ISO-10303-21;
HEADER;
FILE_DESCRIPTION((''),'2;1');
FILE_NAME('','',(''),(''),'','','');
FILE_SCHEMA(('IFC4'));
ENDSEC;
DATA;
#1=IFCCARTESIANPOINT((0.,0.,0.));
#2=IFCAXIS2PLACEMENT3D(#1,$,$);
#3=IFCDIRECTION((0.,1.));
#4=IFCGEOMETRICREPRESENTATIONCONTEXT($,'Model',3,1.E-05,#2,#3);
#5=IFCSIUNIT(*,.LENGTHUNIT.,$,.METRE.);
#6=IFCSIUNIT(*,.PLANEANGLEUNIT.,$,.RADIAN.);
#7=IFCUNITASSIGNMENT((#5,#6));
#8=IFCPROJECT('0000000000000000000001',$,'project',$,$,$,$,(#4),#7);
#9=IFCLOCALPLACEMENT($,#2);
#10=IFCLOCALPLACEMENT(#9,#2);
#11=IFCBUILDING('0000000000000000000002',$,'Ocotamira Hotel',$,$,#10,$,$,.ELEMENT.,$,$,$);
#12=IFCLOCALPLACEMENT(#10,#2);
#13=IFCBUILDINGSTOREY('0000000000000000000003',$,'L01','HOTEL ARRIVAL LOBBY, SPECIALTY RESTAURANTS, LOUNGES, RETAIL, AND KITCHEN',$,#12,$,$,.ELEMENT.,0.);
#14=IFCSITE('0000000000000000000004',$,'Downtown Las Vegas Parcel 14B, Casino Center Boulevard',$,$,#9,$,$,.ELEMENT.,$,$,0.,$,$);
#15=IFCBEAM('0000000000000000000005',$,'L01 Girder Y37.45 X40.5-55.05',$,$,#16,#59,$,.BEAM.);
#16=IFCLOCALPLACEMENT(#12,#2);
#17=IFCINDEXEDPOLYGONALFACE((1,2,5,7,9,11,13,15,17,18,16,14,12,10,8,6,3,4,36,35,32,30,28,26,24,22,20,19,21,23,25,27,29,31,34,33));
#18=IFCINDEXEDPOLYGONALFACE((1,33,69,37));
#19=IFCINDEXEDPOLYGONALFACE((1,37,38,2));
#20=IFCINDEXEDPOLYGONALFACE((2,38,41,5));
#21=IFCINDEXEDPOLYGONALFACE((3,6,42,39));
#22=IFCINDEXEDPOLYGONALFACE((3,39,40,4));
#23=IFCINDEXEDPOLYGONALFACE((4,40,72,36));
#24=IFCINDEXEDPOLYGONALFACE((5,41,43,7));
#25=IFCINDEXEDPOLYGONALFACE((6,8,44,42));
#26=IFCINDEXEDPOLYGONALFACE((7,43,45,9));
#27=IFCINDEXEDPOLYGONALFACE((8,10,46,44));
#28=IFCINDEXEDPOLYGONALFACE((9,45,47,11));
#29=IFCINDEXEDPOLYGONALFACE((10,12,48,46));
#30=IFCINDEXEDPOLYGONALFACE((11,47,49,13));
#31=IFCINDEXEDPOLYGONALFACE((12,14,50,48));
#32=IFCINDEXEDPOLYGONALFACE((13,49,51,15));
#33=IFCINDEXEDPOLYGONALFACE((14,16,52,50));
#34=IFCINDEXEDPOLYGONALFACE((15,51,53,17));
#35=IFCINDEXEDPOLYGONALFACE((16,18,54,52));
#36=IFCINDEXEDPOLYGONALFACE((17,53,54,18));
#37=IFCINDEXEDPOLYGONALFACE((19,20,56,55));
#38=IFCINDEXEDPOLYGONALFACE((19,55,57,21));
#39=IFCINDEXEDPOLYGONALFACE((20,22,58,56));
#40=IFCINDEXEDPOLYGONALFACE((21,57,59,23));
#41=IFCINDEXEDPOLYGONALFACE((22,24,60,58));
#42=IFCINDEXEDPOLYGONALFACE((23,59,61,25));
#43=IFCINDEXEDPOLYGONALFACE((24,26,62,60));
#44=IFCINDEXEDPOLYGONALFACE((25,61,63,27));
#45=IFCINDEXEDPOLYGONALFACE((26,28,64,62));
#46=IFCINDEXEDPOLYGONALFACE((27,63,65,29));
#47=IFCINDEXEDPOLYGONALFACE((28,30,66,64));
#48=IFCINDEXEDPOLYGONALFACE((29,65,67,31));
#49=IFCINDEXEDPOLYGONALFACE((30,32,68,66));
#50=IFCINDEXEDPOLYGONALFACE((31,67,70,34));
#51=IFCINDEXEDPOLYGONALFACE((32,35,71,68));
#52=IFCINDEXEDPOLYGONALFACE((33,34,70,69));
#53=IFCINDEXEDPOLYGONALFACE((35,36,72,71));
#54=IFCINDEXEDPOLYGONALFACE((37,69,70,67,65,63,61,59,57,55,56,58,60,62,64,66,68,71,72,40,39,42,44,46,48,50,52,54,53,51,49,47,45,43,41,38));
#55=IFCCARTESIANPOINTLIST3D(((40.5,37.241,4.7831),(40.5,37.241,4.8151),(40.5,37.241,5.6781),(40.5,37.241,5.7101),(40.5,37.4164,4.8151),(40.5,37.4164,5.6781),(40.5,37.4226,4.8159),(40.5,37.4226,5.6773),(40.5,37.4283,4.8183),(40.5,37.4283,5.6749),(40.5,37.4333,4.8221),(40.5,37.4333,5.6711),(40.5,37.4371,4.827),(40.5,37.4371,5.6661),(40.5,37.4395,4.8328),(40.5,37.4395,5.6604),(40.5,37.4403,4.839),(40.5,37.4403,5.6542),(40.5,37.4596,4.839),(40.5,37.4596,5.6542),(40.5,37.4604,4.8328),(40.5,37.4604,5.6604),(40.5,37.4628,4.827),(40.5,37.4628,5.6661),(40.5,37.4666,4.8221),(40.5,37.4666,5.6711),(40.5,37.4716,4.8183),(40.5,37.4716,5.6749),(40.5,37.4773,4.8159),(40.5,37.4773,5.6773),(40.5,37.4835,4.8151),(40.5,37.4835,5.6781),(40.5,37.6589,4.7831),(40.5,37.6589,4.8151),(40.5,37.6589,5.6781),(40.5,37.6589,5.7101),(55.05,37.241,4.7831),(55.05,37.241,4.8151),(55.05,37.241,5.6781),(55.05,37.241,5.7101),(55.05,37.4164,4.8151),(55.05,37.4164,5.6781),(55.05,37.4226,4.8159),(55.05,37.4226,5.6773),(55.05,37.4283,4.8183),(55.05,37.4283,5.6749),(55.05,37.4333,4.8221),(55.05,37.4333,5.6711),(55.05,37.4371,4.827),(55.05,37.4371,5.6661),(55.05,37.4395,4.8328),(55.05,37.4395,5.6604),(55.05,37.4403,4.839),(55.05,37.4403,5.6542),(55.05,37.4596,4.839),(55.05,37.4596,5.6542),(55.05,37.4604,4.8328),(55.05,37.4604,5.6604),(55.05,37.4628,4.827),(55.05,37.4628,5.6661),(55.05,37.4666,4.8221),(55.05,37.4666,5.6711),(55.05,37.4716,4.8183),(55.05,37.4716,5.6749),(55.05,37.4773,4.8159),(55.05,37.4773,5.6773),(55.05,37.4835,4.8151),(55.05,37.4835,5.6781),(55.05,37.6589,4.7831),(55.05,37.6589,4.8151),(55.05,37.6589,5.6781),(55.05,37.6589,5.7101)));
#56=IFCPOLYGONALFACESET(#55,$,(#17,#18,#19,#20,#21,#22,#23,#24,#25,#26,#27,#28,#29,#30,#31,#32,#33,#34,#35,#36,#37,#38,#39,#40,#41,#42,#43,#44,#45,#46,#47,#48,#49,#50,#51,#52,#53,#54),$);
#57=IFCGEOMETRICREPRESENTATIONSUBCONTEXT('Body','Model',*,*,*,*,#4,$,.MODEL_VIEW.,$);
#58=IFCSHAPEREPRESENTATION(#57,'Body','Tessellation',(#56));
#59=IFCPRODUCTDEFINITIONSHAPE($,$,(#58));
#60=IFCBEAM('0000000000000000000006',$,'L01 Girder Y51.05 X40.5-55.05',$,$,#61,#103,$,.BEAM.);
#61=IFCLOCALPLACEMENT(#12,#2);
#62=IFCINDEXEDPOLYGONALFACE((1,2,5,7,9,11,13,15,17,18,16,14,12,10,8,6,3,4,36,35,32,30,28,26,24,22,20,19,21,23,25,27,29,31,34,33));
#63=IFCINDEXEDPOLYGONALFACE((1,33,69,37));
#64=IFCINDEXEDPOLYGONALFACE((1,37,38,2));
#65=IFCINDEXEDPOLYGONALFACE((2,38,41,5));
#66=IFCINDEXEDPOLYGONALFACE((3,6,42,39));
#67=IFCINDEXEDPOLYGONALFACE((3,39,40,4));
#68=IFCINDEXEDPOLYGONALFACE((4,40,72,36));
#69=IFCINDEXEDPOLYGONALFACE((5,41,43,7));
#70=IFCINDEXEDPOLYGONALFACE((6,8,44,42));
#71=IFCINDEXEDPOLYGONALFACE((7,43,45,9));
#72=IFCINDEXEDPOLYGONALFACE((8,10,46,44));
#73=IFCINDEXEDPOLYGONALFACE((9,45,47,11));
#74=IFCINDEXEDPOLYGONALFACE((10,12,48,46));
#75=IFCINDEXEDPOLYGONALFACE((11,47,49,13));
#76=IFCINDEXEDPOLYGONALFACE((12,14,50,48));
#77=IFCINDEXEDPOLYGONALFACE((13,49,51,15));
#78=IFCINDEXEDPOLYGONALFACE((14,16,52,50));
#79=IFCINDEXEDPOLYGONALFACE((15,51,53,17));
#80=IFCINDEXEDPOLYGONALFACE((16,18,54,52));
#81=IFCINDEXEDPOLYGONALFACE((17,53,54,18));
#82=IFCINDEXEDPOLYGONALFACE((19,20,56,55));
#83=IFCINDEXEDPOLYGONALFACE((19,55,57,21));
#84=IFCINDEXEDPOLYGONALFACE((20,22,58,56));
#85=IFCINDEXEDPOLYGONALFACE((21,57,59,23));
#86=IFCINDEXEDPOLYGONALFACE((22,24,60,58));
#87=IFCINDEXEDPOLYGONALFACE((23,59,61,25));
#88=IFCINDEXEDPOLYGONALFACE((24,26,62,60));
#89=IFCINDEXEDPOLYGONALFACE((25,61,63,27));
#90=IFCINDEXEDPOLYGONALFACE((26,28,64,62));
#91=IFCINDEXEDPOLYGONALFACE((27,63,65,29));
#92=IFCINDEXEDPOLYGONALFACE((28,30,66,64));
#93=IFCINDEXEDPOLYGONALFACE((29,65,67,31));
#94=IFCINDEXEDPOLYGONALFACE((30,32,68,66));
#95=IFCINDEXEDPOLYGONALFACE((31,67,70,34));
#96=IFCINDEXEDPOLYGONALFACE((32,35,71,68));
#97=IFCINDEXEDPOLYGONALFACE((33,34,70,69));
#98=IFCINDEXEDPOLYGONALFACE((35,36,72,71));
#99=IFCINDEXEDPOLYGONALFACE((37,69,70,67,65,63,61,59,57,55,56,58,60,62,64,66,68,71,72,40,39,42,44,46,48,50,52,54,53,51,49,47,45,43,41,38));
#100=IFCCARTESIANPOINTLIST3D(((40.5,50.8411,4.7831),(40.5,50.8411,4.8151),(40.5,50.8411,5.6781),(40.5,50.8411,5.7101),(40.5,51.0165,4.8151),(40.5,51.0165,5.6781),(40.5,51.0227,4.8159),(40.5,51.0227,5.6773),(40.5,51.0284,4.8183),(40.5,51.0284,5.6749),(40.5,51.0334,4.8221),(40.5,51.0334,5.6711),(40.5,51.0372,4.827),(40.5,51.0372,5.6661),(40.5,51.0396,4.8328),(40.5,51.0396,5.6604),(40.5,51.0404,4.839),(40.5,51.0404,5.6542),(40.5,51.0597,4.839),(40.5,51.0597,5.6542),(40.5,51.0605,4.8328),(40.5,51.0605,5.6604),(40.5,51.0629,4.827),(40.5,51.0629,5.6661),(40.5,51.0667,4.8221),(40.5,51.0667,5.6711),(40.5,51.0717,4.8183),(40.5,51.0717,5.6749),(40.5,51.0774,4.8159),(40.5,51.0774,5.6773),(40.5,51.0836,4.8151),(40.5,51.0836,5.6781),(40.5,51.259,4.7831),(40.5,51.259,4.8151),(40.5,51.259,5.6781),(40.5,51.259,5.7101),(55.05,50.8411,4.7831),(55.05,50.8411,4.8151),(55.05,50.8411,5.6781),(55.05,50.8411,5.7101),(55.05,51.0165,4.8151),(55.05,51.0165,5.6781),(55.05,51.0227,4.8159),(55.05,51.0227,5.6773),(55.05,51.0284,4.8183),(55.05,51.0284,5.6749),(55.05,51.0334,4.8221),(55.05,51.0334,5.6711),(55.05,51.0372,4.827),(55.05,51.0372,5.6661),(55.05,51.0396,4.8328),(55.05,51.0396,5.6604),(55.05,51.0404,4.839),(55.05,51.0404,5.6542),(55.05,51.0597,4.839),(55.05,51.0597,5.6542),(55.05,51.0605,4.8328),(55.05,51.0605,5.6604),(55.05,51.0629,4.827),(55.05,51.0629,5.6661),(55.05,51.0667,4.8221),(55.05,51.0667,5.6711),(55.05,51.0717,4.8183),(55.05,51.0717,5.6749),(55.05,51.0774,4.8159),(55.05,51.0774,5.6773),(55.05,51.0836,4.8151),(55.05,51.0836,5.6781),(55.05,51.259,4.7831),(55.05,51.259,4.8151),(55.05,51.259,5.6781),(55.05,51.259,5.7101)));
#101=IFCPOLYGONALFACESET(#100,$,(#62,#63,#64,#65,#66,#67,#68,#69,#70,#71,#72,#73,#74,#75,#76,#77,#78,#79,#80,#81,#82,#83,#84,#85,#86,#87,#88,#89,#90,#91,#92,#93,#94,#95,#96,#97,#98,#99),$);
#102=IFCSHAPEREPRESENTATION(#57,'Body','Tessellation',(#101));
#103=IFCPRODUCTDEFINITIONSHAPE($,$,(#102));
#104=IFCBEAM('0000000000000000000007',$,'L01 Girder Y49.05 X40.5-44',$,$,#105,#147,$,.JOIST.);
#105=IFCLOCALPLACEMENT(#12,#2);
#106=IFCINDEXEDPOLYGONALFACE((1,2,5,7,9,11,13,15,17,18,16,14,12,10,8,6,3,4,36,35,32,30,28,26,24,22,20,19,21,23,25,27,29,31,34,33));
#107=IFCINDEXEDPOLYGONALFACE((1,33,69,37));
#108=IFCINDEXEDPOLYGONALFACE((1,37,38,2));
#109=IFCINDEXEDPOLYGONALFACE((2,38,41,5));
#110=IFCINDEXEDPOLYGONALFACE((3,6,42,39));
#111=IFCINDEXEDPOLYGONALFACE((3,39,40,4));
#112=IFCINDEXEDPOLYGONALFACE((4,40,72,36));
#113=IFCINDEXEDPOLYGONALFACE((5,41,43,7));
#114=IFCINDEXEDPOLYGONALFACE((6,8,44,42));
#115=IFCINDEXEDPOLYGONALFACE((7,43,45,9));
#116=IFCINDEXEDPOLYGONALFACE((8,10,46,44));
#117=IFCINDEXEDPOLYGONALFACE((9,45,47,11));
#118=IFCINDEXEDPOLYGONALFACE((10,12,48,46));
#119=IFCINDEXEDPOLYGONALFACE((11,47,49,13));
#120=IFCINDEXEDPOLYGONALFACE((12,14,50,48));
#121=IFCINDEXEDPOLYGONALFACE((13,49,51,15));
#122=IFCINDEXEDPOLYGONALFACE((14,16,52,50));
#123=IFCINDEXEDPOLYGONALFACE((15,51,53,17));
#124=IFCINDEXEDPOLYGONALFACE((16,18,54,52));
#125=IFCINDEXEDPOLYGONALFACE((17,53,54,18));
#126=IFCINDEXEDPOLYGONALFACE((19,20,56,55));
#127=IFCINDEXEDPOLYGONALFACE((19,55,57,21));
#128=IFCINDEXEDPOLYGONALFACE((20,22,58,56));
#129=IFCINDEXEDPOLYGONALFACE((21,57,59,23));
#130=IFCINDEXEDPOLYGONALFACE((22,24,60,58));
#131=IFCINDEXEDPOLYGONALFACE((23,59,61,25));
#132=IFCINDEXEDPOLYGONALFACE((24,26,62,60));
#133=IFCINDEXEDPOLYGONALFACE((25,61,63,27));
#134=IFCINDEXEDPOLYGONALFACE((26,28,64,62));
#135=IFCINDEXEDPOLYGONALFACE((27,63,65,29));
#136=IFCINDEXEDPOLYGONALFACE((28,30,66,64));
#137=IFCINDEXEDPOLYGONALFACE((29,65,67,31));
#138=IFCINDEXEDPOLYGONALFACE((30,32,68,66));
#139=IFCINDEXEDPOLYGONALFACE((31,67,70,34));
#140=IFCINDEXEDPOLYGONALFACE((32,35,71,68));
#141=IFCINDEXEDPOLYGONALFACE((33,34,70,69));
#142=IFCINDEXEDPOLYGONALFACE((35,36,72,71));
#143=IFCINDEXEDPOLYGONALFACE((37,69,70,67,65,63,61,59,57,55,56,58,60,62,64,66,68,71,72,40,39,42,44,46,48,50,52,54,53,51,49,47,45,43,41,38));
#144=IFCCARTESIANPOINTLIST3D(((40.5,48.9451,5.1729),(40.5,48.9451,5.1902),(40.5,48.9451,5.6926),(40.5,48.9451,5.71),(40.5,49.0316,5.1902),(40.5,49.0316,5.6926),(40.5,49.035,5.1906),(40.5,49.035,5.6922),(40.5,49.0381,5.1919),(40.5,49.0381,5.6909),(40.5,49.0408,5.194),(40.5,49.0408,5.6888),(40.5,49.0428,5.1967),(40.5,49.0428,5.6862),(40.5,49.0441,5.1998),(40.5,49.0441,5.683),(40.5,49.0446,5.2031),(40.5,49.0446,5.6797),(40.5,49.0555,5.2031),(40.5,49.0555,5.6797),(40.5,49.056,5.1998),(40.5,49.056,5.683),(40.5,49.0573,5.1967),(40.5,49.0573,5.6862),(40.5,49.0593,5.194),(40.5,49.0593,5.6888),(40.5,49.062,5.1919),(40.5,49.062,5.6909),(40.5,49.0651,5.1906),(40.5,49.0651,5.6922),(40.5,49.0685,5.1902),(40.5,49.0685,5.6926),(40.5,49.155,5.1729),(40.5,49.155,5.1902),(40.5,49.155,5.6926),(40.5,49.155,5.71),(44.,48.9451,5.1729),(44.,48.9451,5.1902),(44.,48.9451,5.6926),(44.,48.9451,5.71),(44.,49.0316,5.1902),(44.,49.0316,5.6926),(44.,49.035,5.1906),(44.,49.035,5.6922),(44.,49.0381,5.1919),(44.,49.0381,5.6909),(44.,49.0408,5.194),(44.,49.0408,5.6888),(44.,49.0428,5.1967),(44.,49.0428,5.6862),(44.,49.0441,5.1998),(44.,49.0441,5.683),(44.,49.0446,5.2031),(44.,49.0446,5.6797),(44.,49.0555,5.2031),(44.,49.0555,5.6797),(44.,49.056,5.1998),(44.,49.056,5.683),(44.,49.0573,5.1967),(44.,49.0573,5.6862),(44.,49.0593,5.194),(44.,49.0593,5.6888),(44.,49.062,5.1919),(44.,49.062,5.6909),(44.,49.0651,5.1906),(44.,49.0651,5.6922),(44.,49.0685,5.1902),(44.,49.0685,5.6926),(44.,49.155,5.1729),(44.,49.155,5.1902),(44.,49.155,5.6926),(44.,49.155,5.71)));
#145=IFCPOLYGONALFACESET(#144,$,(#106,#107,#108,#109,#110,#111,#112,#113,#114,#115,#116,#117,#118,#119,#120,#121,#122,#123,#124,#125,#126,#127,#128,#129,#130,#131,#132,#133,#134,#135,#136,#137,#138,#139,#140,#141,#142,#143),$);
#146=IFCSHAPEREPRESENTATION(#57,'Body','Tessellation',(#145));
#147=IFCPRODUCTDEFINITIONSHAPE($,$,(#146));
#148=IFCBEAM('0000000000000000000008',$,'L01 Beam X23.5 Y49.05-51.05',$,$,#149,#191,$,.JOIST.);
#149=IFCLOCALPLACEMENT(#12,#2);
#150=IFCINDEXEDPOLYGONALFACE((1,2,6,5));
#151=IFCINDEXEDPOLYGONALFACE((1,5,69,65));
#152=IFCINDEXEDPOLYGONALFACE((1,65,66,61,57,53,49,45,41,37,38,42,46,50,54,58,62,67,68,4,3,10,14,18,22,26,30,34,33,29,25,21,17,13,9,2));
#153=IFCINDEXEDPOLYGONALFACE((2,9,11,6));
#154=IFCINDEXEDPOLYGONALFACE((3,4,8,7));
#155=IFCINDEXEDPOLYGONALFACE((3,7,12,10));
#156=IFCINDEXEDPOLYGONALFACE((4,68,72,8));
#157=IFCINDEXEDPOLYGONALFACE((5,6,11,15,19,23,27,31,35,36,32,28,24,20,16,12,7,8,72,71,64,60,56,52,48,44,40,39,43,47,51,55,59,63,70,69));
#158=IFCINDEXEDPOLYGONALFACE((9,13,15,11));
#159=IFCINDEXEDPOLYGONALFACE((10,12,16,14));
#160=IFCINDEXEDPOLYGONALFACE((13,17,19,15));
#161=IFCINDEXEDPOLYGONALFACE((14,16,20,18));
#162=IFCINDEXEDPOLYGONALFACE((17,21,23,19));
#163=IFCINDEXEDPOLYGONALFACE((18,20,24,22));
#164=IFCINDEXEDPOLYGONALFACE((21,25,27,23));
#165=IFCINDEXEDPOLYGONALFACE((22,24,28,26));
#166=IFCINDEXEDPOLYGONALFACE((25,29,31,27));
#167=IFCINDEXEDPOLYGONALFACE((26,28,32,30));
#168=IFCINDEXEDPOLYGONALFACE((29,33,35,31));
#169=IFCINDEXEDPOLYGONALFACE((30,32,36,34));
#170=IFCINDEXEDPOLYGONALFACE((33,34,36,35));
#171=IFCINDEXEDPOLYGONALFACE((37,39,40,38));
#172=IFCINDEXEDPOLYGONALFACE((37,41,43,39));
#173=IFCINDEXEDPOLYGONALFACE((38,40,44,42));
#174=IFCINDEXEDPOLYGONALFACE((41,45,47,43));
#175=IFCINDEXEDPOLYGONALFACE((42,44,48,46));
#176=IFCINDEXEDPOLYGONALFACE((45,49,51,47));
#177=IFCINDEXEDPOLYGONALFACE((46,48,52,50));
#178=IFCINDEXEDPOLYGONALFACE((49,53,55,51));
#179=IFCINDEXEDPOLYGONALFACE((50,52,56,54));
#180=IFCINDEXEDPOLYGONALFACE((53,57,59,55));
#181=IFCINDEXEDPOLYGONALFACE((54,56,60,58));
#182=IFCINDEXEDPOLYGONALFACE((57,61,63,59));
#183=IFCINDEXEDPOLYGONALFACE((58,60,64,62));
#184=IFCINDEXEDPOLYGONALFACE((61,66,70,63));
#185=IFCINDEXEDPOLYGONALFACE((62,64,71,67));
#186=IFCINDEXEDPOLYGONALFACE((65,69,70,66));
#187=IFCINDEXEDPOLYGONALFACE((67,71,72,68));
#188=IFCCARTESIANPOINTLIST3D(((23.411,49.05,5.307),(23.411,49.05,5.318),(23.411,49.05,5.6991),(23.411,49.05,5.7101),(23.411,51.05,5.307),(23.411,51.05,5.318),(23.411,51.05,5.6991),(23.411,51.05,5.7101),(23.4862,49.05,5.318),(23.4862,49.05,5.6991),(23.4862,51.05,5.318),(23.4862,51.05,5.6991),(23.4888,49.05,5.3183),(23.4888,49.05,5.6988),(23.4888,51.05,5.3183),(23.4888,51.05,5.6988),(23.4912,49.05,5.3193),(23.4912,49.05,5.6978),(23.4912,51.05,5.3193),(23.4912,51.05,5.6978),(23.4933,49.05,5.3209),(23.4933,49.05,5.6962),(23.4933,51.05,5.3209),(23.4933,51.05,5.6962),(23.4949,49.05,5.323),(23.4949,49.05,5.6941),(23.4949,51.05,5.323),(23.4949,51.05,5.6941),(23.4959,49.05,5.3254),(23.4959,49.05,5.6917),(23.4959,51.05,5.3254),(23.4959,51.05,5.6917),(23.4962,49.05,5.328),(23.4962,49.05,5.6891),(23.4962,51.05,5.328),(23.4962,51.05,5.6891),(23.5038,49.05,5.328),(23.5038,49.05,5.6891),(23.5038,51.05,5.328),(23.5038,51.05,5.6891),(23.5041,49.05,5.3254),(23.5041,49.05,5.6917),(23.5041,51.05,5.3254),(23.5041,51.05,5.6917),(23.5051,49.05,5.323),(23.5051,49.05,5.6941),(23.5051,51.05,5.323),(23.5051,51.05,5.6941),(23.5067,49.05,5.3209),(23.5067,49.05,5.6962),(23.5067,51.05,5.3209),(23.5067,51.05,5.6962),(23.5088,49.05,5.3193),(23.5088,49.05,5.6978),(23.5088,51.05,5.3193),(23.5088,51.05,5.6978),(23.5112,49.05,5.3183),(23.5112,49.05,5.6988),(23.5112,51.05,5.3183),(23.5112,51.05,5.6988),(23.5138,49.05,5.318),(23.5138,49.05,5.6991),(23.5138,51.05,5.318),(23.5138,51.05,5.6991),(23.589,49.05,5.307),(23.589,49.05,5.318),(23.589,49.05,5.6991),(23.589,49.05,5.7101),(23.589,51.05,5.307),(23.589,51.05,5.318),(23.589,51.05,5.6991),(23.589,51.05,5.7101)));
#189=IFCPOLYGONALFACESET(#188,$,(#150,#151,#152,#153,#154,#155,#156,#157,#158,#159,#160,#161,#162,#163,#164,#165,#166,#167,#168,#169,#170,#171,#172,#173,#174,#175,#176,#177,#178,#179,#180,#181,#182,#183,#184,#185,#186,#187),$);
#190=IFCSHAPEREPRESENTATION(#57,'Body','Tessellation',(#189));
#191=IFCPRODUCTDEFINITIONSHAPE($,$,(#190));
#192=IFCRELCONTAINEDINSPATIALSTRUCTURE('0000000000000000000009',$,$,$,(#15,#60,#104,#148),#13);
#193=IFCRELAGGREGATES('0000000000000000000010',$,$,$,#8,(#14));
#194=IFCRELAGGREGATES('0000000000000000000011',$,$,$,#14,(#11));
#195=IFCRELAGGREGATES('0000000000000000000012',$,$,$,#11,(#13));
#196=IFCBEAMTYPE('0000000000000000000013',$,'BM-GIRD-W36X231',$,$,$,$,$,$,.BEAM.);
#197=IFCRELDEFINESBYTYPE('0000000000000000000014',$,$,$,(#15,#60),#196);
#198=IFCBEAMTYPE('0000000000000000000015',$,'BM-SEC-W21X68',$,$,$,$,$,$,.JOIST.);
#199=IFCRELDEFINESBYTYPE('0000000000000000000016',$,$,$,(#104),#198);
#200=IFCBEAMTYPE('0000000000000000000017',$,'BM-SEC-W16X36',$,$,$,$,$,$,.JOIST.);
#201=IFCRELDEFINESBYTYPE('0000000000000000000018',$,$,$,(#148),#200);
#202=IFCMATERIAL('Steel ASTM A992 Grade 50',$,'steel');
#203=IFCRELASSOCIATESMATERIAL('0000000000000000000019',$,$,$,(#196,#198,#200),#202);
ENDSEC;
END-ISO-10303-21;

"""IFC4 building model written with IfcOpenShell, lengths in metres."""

from ifc_helpers import new_model, si_unit, direction, frame, origin, origin_2d, place, context, subcontext, project, spatial, i_section, extrude, source, transform, mapped, material, material_profile, profile_set, type_object, element, save


model = new_model("IFC4")

# Units and contexts
model_context = context("Model", 3, precision=1e-05, world=origin(), true_north=direction((0.0, 1.0)))
body_context = subcontext(model_context, "Body", "Model", "MODEL_VIEW")
ifc_project = project(units=[si_unit("LENGTHUNIT", "METRE"), si_unit("PLANEANGLEUNIT", "RADIAN")], contexts=[model_context])

# Site, building, storey
site_placement = place(None, origin())
site = spatial("IfcSite", under=ifc_project, at=site_placement, Name="Downtown Las Vegas Parcel 14B, Casino Center Boulevard", CompositionType="ELEMENT", RefElevation=0.0)
building_placement = place(site_placement, origin())
building = spatial("IfcBuilding", under=site, at=building_placement, Name="Ocotamira Hotel", CompositionType="ELEMENT")
storey_placement = place(building_placement, origin())
storey = spatial("IfcBuildingStorey", under=building, at=storey_placement, Name="L01", Description="HOTEL ARRIVAL LOBBY, SPECIALTY RESTAURANTS, LOUNGES, RETAIL, AND KITCHEN", CompositionType="ELEMENT", Elevation=0.0)

# Beams
ifc_material_1 = material(Name="Steel ASTM A992 Grade 50", Category="steel")
ifc_material_profile_1 = material_profile(ifc_material_1, i_section(OverallWidth=0.418, OverallDepth=0.927, WebThickness=0.0193, FlangeThickness=0.032, FilletRadius=0.0239, at=origin_2d()), Name="W36X231")
ifc_profile_set_1 = profile_set([ifc_material_profile_1], Name="Steel ASTM A992 Grade 50")
beam_type_1 = type_object("IfcBeamType", Name="BM-GIRD-W36X231", PredefinedType="BEAM", material=ifc_profile_set_1)
shared_shape_1 = source(origin(), body_context, "Body", "SweptSolid", [
    extrude(i_section(OverallWidth=0.418, OverallDepth=0.927, WebThickness=0.0193, FlangeThickness=0.032, FilletRadius=0.0239, at=origin_2d()), origin(), (0.0, 0.0, 1.0), 14.55),
])
for number, where, z_axis, x_axis, name in (
    (1, (40.5, 37.45, 5.2466), (1.0, 0.0, 0.0), (0.0, 1.0, 0.0), "L01 Girder Y37.45 X40.5-55.05"),
    (2, (40.5, 51.05, 5.2466), (1.0, 0.0, 0.0), (0.0, 1.0, 0.0), "L01 Girder Y51.05 X40.5-55.05"),
):
    element("IfcBeam", number, at=place(storey_placement, frame(where, z_axis=z_axis, x_axis=x_axis)), inside=storey, type_object=beam_type_1, Name=name, PredefinedType="BEAM", context=body_context, shape_type="MappedRepresentation", body=[
        mapped(shared_shape_1, transform((0.0, 0.0, 0.0), scale=1.0)),
    ])
ifc_material_profile_2 = material_profile(ifc_material_1, i_section(OverallWidth=0.21, OverallDepth=0.5371, WebThickness=0.011, FlangeThickness=0.0173, FilletRadius=0.0129, at=origin_2d()), Name="W21X68")
ifc_profile_set_2 = profile_set([ifc_material_profile_2], Name="Steel ASTM A992 Grade 50")
beam_type_2 = type_object("IfcBeamType", Name="BM-SEC-W21X68", PredefinedType="JOIST", material=ifc_profile_set_2)
shared_shape_2 = source(origin(), body_context, "Body", "SweptSolid", [
    extrude(i_section(OverallWidth=0.21, OverallDepth=0.5371, WebThickness=0.011, FlangeThickness=0.0173, FilletRadius=0.0129, at=origin_2d()), origin(), (0.0, 0.0, 1.0), 3.5),
])
beam_placement = place(storey_placement, frame((40.5, 49.05, 5.4414), z_axis=(1.0, 0.0, 0.0), x_axis=(0.0, 1.0, 0.0)))
element("IfcBeam", 3, at=beam_placement, inside=storey, type_object=beam_type_2, Name="L01 Girder Y49.05 X40.5-44", PredefinedType="JOIST", context=body_context, shape_type="MappedRepresentation", body=[
    mapped(shared_shape_2, transform((0.0, 0.0, 0.0), scale=1.0)),
])
ifc_material_profile_3 = material_profile(ifc_material_1, i_section(OverallWidth=0.178, OverallDepth=0.4031, WebThickness=0.0076, FlangeThickness=0.011, FilletRadius=0.01, at=origin_2d()), Name="W16X36")
ifc_profile_set_3 = profile_set([ifc_material_profile_3], Name="Steel ASTM A992 Grade 50")
beam_type_3 = type_object("IfcBeamType", Name="BM-SEC-W16X36", PredefinedType="JOIST", material=ifc_profile_set_3)
shared_shape_3 = source(origin(), body_context, "Body", "SweptSolid", [
    extrude(i_section(OverallWidth=0.178, OverallDepth=0.4031, WebThickness=0.0076, FlangeThickness=0.011, FilletRadius=0.01, at=origin_2d()), origin(), (0.0, 0.0, 1.0), 2.0),
])
for number, where, z_axis, x_axis, name in (
    (4, (23.5, 49.05, 5.5085), (0.0, 1.0, 0.0), (-1.0, 0.0, 0.0), "L01 Beam X23.5 Y49.05-51.05"),
):
    element("IfcBeam", number, at=place(storey_placement, frame(where, z_axis=z_axis, x_axis=x_axis)), inside=storey, type_object=beam_type_3, Name=name, PredefinedType="JOIST", context=body_context, shape_type="MappedRepresentation", body=[
        mapped(shared_shape_3, transform((0.0, 0.0, 0.0), scale=1.0)),
    ])

save(model, "model.ifc")
